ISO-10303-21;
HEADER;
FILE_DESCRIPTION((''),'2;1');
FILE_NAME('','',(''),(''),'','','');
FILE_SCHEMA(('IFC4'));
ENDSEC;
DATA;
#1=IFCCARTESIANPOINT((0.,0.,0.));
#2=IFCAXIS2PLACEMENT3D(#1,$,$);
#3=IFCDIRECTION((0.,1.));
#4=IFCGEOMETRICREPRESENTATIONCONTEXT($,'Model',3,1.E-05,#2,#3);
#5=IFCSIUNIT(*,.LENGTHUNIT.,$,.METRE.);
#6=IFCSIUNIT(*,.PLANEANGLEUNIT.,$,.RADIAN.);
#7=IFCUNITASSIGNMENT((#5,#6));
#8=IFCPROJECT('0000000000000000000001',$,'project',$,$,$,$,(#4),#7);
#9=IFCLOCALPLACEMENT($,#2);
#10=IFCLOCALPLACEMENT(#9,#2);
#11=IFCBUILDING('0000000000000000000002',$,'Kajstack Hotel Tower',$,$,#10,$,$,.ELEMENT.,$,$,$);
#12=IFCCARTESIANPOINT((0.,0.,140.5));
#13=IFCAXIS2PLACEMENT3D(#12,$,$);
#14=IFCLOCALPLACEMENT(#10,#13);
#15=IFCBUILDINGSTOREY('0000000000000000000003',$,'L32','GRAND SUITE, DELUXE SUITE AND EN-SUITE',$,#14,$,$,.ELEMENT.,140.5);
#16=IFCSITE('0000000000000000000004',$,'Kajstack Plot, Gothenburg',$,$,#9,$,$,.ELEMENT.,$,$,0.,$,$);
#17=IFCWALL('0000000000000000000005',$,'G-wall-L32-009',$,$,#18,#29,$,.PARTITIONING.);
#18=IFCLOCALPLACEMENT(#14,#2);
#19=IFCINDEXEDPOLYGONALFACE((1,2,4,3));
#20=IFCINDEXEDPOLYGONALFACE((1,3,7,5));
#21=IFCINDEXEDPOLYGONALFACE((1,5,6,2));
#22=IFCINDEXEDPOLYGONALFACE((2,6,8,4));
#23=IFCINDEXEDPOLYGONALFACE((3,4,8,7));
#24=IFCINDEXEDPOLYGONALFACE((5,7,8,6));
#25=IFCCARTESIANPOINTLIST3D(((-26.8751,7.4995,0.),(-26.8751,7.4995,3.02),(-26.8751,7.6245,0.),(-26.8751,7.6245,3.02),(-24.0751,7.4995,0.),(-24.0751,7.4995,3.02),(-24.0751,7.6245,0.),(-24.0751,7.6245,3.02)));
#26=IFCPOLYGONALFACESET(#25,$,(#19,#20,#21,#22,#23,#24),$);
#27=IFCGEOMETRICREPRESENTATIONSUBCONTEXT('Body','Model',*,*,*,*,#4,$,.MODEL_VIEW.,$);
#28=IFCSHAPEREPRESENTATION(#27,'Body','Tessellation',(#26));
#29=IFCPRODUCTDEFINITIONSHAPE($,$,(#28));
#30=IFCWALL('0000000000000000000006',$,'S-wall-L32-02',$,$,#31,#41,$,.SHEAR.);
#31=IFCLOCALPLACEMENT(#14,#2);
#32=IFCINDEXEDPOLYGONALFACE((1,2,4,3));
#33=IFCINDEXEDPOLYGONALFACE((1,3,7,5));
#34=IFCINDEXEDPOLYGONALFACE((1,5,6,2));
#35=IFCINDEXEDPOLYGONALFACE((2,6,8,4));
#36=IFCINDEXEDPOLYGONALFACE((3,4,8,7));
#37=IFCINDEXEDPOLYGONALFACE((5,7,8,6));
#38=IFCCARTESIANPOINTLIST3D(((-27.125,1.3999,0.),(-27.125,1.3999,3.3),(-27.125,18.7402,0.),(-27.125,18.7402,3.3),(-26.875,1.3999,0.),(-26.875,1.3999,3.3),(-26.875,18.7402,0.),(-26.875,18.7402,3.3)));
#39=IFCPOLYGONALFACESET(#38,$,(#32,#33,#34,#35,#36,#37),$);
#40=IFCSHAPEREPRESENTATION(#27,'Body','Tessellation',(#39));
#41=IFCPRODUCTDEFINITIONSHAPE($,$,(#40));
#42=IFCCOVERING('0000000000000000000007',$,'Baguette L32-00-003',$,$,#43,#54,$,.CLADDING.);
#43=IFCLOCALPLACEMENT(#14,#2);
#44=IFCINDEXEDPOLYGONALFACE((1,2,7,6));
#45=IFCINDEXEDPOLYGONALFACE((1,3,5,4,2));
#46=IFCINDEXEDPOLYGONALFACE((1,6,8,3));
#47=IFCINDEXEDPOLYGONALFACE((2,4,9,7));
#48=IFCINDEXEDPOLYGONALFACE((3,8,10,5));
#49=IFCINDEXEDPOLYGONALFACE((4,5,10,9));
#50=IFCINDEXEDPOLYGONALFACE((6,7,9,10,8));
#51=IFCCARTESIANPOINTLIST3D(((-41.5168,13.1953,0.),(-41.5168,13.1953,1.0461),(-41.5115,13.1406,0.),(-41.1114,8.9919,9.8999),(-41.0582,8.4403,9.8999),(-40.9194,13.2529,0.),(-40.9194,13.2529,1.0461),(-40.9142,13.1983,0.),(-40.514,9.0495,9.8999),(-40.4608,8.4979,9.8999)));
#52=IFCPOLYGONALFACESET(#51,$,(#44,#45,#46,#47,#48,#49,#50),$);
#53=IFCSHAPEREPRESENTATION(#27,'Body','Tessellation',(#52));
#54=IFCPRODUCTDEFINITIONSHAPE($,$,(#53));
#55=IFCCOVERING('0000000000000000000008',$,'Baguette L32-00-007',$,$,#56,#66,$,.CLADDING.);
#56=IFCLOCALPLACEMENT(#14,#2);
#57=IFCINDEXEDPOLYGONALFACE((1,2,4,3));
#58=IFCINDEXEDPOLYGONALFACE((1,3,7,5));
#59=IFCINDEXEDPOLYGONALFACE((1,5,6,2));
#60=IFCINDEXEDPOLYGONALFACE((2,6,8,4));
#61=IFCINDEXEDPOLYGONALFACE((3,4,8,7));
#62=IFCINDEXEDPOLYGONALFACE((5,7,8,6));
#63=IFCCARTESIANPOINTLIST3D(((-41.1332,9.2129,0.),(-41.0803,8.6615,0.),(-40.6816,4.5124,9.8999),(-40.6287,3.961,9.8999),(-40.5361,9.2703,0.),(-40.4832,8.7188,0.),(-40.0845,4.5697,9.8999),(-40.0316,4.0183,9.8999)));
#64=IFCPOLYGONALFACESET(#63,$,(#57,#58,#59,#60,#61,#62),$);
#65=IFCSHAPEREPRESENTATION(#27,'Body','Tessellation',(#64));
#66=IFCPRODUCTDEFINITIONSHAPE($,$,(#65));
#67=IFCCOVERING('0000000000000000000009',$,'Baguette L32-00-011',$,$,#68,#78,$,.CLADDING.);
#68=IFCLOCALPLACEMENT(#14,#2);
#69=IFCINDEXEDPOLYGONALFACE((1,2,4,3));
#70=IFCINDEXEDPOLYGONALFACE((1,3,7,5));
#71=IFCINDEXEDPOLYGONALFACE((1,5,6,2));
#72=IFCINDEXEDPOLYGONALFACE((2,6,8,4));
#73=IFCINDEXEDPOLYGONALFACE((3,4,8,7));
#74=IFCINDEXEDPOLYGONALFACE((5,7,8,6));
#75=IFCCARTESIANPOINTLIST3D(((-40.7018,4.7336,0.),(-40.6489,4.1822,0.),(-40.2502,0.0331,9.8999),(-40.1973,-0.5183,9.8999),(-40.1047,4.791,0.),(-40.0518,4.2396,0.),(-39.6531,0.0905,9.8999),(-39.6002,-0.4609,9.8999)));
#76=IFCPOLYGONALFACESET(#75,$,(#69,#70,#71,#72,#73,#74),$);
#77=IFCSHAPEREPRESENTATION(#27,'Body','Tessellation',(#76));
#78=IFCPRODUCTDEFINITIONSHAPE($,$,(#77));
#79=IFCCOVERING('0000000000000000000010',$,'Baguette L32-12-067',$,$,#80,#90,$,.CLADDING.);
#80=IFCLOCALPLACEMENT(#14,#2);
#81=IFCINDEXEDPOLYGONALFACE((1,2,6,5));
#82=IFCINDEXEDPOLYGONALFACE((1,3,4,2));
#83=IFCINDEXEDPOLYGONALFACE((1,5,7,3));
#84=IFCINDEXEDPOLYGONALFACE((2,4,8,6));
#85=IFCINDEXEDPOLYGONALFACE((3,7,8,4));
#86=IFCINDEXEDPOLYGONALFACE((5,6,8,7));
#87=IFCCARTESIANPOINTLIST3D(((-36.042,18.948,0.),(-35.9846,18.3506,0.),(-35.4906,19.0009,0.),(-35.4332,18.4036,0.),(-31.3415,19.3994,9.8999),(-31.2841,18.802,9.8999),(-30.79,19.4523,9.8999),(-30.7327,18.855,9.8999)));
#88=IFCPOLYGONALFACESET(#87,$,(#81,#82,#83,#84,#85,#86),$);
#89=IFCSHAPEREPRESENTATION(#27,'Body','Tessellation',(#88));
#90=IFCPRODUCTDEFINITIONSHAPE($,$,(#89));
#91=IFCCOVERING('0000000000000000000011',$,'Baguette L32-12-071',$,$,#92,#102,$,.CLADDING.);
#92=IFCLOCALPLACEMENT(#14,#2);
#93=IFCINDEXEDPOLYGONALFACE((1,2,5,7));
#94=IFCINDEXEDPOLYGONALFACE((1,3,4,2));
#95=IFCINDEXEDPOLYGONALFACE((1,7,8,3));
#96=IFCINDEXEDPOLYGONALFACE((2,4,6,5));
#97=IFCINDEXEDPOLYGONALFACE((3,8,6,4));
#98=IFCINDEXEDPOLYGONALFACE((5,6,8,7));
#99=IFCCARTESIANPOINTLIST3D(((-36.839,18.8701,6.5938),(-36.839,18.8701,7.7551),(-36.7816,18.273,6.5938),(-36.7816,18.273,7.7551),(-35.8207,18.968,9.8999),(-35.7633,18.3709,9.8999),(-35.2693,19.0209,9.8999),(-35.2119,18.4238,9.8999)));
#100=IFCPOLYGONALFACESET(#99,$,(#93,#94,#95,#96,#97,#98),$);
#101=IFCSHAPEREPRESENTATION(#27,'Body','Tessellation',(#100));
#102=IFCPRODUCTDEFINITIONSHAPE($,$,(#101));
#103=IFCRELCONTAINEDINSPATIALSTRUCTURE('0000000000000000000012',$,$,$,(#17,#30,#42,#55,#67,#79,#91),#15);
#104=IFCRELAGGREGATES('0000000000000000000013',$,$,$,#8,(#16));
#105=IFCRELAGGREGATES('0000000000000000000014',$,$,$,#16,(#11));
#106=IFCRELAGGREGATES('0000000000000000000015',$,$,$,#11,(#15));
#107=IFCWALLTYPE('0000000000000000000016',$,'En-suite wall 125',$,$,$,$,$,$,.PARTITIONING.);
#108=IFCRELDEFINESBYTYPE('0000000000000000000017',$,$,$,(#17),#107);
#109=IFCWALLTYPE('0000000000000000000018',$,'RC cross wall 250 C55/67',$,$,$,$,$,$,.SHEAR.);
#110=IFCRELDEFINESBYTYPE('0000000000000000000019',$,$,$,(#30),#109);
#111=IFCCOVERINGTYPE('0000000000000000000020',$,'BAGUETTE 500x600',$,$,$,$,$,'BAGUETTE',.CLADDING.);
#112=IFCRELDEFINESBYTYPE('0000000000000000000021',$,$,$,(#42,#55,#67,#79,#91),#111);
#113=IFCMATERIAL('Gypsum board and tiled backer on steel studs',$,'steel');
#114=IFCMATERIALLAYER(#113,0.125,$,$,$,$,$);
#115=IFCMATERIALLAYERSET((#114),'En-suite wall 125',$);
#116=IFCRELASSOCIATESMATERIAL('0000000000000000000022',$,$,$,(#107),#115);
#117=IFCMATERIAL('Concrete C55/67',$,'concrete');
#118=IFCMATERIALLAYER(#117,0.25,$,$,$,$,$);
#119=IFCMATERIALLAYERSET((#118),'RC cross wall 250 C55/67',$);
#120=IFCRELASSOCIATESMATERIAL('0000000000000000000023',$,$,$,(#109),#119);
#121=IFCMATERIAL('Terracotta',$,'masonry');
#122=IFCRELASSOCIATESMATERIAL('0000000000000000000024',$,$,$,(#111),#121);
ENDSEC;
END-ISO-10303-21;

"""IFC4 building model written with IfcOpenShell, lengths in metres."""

from ifc_helpers import new_model, si_unit, direction, frame, frame_2d, origin, origin_2d, place, context, subcontext, project, spatial, polyline, rectangle, outline, extrude, material, layer, layer_set, material_profile, profile_set, type_object, element, save


model = new_model("IFC4")

# Units and contexts
model_context = context("Model", 3, precision=1e-05, world=origin(), true_north=direction((0.0, 1.0)))
body_context = subcontext(model_context, "Body", "Model", "MODEL_VIEW")
ifc_project = project(units=[si_unit("LENGTHUNIT", "METRE"), si_unit("PLANEANGLEUNIT", "RADIAN")], contexts=[model_context])

# Site, building, storey
site_placement = place(None, origin())
site = spatial("IfcSite", under=ifc_project, at=site_placement, Name="Kajstack Plot, Gothenburg", CompositionType="ELEMENT", RefElevation=0.0)
building_placement = place(site_placement, origin())
building = spatial("IfcBuilding", under=site, at=building_placement, Name="Kajstack Hotel Tower", CompositionType="ELEMENT")
storey_placement = place(building_placement, frame((0.0, 0.0, 140.5)))
storey = spatial("IfcBuildingStorey", under=building, at=storey_placement, Name="L32", Description="GRAND SUITE, DELUXE SUITE AND EN-SUITE", CompositionType="ELEMENT", Elevation=140.5)

# Walls
ifc_material_1 = material(Name="Gypsum board and tiled backer on steel studs", Category="steel")
ifc_layer_1 = layer(ifc_material_1, 0.125)
ifc_layer_set_1 = layer_set([ifc_layer_1], Name="En-suite wall 125")
wall_type_1 = type_object("IfcWallType", Name="En-suite wall 125", PredefinedType="PARTITIONING", material=ifc_layer_set_1)
for number, where, z_axis, x_axis, name in (
    (1, (-26.875, 7.562, 0.0), (0.0, 0.0, 1.0), (1.0, 0.0, 0.0), "G-wall-L32-009"),
):
    element("IfcWall", number, at=place(storey_placement, frame(where, z_axis=z_axis, x_axis=x_axis)), inside=storey, type_object=wall_type_1, Name=name, PredefinedType="PARTITIONING", context=body_context, shape_type="SweptSolid", body=[
        extrude(rectangle(XDim=2.8, YDim=0.125, at=frame_2d((1.3999, 0.0))), origin(), (0.0, 0.0, 1.0), 3.02),
    ])
ifc_material_2 = material(Name="Concrete C55/67", Category="concrete")
ifc_layer_2 = layer(ifc_material_2, 0.25)
ifc_layer_set_2 = layer_set([ifc_layer_2], Name="RC cross wall 250 C55/67")
wall_type_2 = type_object("IfcWallType", Name="RC cross wall 250 C55/67", PredefinedType="SHEAR", material=ifc_layer_set_2)
wall_1_placement = place(storey_placement, frame((-27.0, 1.3999, 0.0), z_axis=(0.0, 0.0, 1.0), x_axis=(0.0, 1.0, 0.0)))
element("IfcWall", 2, at=wall_1_placement, inside=storey, type_object=wall_type_2, Name="S-wall-L32-02", PredefinedType="SHEAR", context=body_context, shape_type="SweptSolid", body=[
    extrude(rectangle(XDim=17.3403, YDim=0.25, at=frame_2d((8.6702, 0.0))), origin(), (0.0, 0.0, 1.0), 3.3),
])

# Coverings
ifc_material_3 = material(Name="Terracotta", Category="masonry")
ifc_material_profile = material_profile(ifc_material_3, rectangle(XDim=0.6001, YDim=0.5, at=origin_2d()), Name="Terracotta-clad concrete baguette 500 x 600")
ifc_profile_set = profile_set([ifc_material_profile], Name="Terracotta")
covering_type = type_object("IfcCoveringType", Name="BAGUETTE 500x600", ElementType="BAGUETTE", PredefinedType="CLADDING", material=ifc_profile_set)
covering_1_placement = place(storey_placement, frame((-40.9194, 13.2529, 0.0), z_axis=(-0.995381, -0.095999, 0.0), x_axis=(0.095999, -0.995381, 0.0)))
element("IfcCovering", 3, at=covering_1_placement, inside=storey, type_object=covering_type, Name="Baguette L32-00-003", PredefinedType="CLADDING", context=body_context, shape_type="SweptSolid", body=[
    extrude(outline(polyline([(4.2229, 9.8999), (0.0, 1.0461), (0.0, 0.0), (0.0549, 0.0), (4.7771, 9.8999), (4.2229, 9.8999)])), origin(), (0.0, 0.0, 1.0), 0.6001),
])
for number, where, z_axis, x_axis, name in (
    (4, (-40.5361, 9.2703, 0.0), (-0.995416, -0.095635, 0.0), (0.095635, -0.995416, 0.0), "Baguette L32-00-007"),
    (5, (-40.1047, 4.791, 0.0), (-0.995416, -0.095635, 0.0), (0.095635, -0.995416, 0.0), "Baguette L32-00-011"),
):
    element("IfcCovering", number, at=place(storey_placement, frame(where, z_axis=z_axis, x_axis=x_axis)), inside=storey, type_object=covering_type, Name=name, PredefinedType="CLADDING", context=body_context, shape_type="SweptSolid", body=[
        extrude(outline(polyline([(4.7222, 9.8999), (0.0, 0.0), (0.554, 0.0), (5.2761, 9.8999), (4.7222, 9.8999)])), origin(), (0.0, 0.0, 1.0), 0.5999),
    ])
covering_2_placement = place(storey_placement, frame((-30.7327, 18.855, 0.0), z_axis=(-0.095596, 0.99542, 0.0), x_axis=(-0.99542, -0.095596, 0.0)))
element("IfcCovering", 6, at=covering_2_placement, inside=storey, type_object=covering_type, Name="Baguette L32-12-067", PredefinedType="CLADDING", context=body_context, shape_type="SweptSolid", body=[
    extrude(outline(polyline([(0.0, 9.8999), (4.7222, 0.0), (5.2761, 0.0), (0.554, 9.8999), (0.0, 9.8999)])), origin(), (0.0, 0.0, 1.0), 0.6001),
])
covering_3_placement = place(storey_placement, frame((-35.2119, 18.4238, 0.0), z_axis=(-0.095635, 0.995416, 0.0), x_axis=(-0.995416, -0.095635, 0.0)))
element("IfcCovering", 7, at=covering_3_placement, inside=storey, type_object=covering_type, Name="Baguette L32-12-071", PredefinedType="CLADDING", context=body_context, shape_type="SweptSolid", body=[
    extrude(outline(polyline([(0.0, 9.8999), (1.5769, 6.5938), (1.5769, 7.7551), (0.554, 9.8999), (0.0, 9.8999)])), origin(), (0.0, 0.0, 1.0), 0.5999),
])

save(model, "model.ifc")
